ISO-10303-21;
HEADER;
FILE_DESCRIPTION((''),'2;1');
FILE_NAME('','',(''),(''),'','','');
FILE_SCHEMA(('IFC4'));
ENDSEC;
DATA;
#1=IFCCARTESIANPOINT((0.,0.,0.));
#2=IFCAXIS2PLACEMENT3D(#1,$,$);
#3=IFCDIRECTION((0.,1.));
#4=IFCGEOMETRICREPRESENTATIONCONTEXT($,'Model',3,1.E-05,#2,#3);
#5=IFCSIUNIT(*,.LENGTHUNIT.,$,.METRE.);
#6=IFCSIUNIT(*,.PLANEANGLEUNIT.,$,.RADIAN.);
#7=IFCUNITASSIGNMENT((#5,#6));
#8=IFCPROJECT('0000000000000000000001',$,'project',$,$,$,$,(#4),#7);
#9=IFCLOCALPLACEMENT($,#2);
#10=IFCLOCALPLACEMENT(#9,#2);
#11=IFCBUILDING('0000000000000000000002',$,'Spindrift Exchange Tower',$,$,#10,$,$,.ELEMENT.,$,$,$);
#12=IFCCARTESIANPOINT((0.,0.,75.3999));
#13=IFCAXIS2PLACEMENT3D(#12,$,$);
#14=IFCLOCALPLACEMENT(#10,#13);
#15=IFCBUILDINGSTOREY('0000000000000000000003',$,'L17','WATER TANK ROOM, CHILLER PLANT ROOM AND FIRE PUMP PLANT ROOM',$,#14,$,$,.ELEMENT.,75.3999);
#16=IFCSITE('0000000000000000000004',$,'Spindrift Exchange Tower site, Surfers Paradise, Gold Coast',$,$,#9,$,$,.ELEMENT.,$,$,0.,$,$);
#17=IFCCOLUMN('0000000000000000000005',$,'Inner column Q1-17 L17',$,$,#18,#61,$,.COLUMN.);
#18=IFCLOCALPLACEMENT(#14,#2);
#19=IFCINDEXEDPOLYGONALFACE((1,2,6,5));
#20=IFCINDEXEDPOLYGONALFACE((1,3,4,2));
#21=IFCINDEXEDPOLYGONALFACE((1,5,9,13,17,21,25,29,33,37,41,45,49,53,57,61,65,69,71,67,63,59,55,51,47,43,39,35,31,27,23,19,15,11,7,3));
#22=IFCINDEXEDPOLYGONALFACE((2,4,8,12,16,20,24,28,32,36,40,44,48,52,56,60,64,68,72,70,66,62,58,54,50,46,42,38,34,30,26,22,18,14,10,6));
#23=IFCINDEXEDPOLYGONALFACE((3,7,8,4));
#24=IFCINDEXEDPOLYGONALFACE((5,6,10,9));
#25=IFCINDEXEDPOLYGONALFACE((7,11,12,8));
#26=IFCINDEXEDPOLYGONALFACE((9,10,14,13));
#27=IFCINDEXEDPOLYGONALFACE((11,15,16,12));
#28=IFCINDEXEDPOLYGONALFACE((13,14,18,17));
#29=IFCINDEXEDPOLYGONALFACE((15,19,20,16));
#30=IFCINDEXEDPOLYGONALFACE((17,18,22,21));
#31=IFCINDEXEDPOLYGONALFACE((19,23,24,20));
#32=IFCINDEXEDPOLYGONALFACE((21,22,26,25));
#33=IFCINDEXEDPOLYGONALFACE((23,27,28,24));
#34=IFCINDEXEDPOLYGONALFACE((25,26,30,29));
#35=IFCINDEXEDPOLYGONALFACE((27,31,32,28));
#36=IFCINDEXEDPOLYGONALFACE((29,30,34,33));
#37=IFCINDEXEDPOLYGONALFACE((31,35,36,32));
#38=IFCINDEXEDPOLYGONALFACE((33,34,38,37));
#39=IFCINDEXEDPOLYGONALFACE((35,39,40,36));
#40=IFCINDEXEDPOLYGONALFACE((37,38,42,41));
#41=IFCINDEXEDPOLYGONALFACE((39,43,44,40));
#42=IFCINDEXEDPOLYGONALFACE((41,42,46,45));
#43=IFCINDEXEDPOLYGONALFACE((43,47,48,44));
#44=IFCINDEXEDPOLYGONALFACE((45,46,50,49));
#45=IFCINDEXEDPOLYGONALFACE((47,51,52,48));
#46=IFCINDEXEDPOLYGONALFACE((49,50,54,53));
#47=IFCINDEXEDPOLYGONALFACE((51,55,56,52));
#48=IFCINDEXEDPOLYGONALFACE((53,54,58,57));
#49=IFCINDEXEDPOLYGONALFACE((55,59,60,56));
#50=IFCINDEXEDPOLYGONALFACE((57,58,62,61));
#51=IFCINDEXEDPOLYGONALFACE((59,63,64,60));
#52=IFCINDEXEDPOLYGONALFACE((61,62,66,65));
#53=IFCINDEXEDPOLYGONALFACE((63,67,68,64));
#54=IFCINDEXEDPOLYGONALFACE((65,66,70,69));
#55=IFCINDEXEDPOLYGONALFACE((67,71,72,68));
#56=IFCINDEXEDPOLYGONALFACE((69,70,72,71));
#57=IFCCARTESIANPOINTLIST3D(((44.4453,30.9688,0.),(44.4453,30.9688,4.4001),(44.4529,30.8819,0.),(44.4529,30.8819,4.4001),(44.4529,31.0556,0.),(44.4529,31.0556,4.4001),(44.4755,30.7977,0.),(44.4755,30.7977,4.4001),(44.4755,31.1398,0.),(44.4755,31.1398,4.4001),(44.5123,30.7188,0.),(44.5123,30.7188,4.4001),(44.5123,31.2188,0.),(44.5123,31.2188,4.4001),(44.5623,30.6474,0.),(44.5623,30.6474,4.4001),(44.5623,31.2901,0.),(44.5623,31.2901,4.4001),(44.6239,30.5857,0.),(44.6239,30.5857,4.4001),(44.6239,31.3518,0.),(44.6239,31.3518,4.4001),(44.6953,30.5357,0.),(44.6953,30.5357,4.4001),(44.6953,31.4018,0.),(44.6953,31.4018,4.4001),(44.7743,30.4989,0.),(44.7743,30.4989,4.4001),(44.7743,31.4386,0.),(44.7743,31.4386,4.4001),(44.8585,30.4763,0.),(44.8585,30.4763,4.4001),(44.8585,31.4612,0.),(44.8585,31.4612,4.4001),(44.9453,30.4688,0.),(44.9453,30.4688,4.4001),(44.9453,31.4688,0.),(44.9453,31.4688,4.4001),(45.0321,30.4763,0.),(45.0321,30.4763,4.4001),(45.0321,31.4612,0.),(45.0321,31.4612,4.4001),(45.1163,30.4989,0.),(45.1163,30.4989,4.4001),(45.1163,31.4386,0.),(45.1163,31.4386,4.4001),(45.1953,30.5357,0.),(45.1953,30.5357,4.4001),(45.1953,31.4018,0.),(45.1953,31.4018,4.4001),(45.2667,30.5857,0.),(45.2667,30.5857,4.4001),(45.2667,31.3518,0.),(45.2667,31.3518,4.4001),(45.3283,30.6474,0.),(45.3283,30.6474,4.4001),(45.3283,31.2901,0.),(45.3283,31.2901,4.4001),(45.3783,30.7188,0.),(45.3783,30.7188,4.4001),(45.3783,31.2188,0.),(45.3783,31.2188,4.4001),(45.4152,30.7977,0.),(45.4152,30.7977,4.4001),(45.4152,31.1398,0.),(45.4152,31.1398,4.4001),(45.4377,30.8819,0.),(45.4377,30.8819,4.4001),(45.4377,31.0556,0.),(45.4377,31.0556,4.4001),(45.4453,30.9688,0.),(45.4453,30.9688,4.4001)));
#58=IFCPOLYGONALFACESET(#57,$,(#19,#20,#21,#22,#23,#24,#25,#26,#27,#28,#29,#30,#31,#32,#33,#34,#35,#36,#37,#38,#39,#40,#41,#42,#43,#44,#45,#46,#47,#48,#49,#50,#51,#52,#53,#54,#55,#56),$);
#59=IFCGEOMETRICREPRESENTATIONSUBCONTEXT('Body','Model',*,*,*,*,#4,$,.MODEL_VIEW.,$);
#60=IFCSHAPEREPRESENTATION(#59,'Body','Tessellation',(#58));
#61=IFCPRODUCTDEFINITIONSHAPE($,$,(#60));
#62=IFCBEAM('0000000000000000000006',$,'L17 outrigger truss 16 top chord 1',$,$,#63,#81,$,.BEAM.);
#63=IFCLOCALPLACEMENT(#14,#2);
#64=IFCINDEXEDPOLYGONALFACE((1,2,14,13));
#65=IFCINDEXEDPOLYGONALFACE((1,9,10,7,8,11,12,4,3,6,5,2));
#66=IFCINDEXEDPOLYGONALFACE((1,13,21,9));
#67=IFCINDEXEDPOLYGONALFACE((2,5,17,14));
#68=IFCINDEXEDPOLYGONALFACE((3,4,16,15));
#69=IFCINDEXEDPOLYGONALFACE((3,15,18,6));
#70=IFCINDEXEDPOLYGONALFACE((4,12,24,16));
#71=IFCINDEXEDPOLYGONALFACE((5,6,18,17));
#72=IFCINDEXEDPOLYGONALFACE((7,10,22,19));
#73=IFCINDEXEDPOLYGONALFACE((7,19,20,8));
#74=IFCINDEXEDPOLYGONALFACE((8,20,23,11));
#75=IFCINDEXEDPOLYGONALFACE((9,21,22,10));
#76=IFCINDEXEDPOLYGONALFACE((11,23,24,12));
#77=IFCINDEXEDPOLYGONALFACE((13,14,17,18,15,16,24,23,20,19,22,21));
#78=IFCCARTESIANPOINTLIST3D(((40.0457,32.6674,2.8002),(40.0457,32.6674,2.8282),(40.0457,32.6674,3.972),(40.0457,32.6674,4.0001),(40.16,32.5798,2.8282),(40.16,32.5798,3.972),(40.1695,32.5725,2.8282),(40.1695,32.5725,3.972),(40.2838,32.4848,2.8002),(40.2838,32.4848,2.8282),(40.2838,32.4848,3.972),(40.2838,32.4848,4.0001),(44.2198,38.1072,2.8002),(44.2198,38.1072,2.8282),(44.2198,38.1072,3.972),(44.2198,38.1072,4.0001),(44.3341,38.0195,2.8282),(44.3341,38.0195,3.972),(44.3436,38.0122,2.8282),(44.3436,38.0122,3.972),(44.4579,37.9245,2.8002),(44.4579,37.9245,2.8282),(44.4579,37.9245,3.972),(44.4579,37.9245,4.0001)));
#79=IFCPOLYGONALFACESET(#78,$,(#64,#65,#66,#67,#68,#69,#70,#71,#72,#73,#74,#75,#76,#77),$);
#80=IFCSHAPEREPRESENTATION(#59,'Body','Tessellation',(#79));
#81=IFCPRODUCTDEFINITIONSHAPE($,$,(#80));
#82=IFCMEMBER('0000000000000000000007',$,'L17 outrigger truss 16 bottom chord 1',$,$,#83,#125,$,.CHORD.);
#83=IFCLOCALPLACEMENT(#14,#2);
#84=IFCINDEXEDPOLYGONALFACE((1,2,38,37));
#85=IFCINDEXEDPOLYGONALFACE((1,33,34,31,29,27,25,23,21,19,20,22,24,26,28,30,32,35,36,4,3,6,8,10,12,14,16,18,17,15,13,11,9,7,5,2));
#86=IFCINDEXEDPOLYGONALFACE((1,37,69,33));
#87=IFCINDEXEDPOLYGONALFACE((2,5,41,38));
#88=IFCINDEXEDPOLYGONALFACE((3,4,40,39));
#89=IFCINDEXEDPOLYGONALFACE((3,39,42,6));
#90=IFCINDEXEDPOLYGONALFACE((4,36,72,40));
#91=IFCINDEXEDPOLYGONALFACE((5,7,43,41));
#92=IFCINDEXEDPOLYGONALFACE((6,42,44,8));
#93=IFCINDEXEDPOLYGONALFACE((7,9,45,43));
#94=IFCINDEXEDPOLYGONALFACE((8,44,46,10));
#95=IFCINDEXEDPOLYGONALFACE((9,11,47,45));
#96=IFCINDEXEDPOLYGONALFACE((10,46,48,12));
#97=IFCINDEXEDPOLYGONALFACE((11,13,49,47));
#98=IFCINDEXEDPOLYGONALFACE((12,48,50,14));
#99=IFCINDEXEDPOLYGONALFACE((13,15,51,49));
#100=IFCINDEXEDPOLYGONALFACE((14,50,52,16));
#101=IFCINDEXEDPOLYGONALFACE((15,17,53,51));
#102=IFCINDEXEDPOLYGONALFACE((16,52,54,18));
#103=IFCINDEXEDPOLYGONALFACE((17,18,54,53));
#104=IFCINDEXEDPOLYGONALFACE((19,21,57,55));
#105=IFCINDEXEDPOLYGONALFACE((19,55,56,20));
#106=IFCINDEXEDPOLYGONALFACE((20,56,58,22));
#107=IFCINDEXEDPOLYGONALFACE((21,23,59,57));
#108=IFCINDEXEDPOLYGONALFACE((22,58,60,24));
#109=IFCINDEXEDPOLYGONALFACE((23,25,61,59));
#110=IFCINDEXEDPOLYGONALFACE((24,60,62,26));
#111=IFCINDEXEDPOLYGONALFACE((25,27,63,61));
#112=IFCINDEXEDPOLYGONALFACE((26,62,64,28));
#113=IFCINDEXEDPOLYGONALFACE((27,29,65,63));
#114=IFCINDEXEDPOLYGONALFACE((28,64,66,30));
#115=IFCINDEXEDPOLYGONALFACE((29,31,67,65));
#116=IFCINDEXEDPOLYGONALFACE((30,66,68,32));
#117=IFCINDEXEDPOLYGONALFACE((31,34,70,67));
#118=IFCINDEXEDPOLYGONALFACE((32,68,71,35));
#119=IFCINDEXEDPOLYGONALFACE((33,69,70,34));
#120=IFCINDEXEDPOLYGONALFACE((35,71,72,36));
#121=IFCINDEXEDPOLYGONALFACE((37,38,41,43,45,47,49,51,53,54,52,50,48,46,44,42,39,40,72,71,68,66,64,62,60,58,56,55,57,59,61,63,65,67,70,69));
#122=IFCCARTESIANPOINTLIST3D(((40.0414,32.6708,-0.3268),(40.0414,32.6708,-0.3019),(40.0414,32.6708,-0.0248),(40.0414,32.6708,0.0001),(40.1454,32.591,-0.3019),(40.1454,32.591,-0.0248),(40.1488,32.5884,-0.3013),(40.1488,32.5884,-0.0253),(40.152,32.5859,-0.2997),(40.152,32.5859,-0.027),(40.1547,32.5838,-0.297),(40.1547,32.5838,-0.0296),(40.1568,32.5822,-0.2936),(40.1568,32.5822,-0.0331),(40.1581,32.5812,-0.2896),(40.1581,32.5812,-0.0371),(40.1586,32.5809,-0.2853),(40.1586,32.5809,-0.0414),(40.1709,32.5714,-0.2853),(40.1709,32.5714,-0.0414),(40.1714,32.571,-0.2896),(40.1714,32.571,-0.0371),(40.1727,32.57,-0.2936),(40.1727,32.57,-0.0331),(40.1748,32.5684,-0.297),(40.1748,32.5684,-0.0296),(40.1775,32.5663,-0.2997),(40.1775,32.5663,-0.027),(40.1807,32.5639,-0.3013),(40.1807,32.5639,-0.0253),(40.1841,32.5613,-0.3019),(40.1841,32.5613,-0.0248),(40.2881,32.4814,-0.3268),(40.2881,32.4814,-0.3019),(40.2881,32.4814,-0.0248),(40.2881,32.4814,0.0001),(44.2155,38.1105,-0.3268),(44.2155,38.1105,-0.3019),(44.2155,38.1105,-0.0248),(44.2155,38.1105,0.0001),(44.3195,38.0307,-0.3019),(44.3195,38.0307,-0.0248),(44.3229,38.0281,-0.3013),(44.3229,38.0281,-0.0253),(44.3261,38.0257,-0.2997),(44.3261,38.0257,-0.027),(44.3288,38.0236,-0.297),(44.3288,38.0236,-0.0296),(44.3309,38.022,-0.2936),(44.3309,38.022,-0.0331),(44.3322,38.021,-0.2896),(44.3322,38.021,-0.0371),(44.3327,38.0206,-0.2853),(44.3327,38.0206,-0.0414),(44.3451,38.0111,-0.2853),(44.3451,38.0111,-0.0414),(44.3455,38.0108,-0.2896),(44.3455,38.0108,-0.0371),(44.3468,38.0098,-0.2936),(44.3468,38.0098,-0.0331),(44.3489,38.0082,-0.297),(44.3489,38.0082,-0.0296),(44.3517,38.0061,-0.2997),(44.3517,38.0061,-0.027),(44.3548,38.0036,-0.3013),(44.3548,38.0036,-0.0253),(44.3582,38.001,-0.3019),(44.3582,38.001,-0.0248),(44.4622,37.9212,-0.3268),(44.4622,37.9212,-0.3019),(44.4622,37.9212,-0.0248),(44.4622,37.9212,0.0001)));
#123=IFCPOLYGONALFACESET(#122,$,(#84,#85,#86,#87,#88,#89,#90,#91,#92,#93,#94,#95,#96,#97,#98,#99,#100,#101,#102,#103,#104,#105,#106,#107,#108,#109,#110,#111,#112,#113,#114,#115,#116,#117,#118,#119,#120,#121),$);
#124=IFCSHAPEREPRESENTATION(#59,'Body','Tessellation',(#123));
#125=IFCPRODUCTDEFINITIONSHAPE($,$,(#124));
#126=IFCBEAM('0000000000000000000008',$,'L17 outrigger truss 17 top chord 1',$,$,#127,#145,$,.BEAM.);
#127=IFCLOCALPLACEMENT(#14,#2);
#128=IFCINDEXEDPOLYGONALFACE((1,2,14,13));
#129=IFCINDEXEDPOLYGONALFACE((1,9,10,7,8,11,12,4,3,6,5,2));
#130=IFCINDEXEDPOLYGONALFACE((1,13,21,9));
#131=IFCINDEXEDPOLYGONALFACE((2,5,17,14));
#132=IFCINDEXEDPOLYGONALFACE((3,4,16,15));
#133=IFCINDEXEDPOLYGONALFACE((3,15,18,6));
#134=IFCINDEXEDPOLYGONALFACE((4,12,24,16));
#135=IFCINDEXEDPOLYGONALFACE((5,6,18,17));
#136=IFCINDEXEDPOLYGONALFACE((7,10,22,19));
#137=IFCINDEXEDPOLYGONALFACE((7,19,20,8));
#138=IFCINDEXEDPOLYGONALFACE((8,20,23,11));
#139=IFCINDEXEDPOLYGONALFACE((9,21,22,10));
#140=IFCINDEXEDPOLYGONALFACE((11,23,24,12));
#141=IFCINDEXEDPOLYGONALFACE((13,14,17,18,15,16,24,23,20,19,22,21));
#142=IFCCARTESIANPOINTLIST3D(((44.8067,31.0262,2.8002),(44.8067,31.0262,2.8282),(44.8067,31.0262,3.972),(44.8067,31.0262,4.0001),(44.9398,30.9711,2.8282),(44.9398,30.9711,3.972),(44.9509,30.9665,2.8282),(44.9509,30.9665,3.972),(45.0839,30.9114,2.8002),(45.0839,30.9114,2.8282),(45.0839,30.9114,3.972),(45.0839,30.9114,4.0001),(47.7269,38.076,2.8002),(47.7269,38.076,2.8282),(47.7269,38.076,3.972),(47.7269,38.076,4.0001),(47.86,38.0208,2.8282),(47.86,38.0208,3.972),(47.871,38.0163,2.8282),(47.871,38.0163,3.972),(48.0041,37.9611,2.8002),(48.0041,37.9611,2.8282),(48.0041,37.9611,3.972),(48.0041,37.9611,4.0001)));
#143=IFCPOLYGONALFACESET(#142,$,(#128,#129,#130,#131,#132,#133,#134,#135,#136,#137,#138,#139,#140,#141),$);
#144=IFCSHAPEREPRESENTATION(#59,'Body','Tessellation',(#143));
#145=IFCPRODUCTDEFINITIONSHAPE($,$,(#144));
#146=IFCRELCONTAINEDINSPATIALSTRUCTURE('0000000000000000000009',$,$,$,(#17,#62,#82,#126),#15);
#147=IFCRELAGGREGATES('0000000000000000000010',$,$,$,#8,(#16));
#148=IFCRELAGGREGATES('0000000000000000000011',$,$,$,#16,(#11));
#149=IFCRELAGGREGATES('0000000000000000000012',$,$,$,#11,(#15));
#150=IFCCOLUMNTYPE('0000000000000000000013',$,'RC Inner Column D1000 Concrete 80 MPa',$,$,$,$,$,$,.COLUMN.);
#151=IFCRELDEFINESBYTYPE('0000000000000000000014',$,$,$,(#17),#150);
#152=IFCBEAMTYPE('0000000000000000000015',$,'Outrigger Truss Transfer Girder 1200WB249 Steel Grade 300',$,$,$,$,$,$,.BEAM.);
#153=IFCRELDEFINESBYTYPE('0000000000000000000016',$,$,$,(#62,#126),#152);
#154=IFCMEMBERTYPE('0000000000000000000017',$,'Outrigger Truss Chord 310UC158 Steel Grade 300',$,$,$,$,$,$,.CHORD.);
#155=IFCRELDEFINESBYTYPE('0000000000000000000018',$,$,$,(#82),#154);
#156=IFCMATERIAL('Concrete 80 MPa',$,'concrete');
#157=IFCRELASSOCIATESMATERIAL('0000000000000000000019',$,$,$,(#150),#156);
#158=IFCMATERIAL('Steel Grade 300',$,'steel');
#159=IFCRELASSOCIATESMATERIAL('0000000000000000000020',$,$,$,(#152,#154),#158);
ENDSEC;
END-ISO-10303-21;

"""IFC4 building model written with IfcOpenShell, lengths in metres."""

from ifc_helpers import new_model, si_unit, direction, frame, origin, origin_2d, place, context, subcontext, project, spatial, circle, i_section, extrude, source, transform, mapped, material, material_profile, profile_set, type_object, element, save


model = new_model("IFC4")

# Units and contexts
model_context = context("Model", 3, precision=1e-05, world=origin(), true_north=direction((0.0, 1.0)))
body_context = subcontext(model_context, "Body", "Model", "MODEL_VIEW")
ifc_project = project(units=[si_unit("LENGTHUNIT", "METRE"), si_unit("PLANEANGLEUNIT", "RADIAN")], contexts=[model_context])

# Site, building, storey
site_placement = place(None, origin())
site = spatial("IfcSite", under=ifc_project, at=site_placement, Name="Spindrift Exchange Tower site, Surfers Paradise, Gold Coast", CompositionType="ELEMENT", RefElevation=0.0)
building_placement = place(site_placement, origin())
building = spatial("IfcBuilding", under=site, at=building_placement, Name="Spindrift Exchange Tower", CompositionType="ELEMENT")
storey_placement = place(building_placement, frame((0.0, 0.0, 75.3999)))
storey = spatial("IfcBuildingStorey", under=building, at=storey_placement, Name="L17", Description="WATER TANK ROOM, CHILLER PLANT ROOM AND FIRE PUMP PLANT ROOM", CompositionType="ELEMENT", Elevation=75.3999)

# Column
ifc_material_1 = material(Name="Concrete 80 MPa", Category="concrete")
ifc_material_profile_1 = material_profile(ifc_material_1, circle(Radius=0.5, at=origin_2d()), Name="RC D1000")
ifc_profile_set_1 = profile_set([ifc_material_profile_1], Name="Concrete 80 MPa")
column_type = type_object("IfcColumnType", Name="RC Inner Column D1000 Concrete 80 MPa", PredefinedType="COLUMN", material=ifc_profile_set_1)
shared_shape_1 = source(origin(), body_context, "Body", "SweptSolid", [
    extrude(circle(Radius=0.5, at=origin_2d()), origin(), (0.0, 0.0, 1.0), 4.4001),
])
column_placement = place(storey_placement, frame((44.9453, 30.9688, 0.0), z_axis=(0.0, 0.0, 1.0), x_axis=(1.0, 0.0, 0.0)))
element("IfcColumn", 1, at=column_placement, inside=storey, type_object=column_type, Name="Inner column Q1-17 L17", PredefinedType="COLUMN", context=body_context, shape_type="MappedRepresentation", body=[
    mapped(shared_shape_1, transform((0.0, 0.0, 0.0), scale=1.0)),
])

# Beam
ifc_material_2 = material(Name="Steel Grade 300", Category="steel")
ifc_material_profile_2 = material_profile(ifc_material_2, i_section(OverallWidth=0.3, OverallDepth=1.2, WebThickness=0.012, FlangeThickness=0.0281, at=origin_2d()), Name="1200WB249")
ifc_profile_set_2 = profile_set([ifc_material_profile_2], Name="Steel Grade 300")
beam_type = type_object("IfcBeamType", Name="Outrigger Truss Transfer Girder 1200WB249 Steel Grade 300", PredefinedType="BEAM", material=ifc_profile_set_2)
shared_shape_2 = source(origin(), body_context, "Body", "SweptSolid", [
    extrude(i_section(OverallWidth=0.3, OverallDepth=1.2, WebThickness=0.012, FlangeThickness=0.0281, at=origin_2d()), origin(), (0.0, 0.0, 1.0), 6.8567),
])
beam_1_placement = place(storey_placement, frame((44.3389, 38.0159, 3.4001), z_axis=(-0.608766, -0.79335, 0.0), x_axis=(0.79335, -0.608766, 0.0)))
element("IfcBeam", 2, at=beam_1_placement, inside=storey, type_object=beam_type, Name="L17 outrigger truss 16 top chord 1", PredefinedType="BEAM", context=body_context, shape_type="MappedRepresentation", body=[
    mapped(shared_shape_2, transform((0.0, 0.0, 0.0), scale=1.0)),
])

# Member
ifc_material_profile_3 = material_profile(ifc_material_2, i_section(OverallWidth=0.311, OverallDepth=0.3269, WebThickness=0.0156, FlangeThickness=0.0249, FilletRadius=0.0166, at=origin_2d()), Name="310UC158")
ifc_profile_set_3 = profile_set([ifc_material_profile_3], Name="Steel Grade 300")
member_type_1 = type_object("IfcMemberType", Name="Outrigger Truss Chord 310UC158 Steel Grade 300", PredefinedType="CHORD", material=ifc_profile_set_3)
shared_shape_3 = source(origin(), body_context, "Body", "SweptSolid", [
    extrude(i_section(OverallWidth=0.311, OverallDepth=0.3269, WebThickness=0.0156, FlangeThickness=0.0249, FilletRadius=0.0166, at=origin_2d()), origin(), (0.0, 0.0, 1.0), 6.8567),
])
member_1_placement = place(storey_placement, frame((44.3389, 38.0159, -0.1633), z_axis=(-0.608766, -0.79335, 0.0), x_axis=(0.79335, -0.608766, 0.0)))
element("IfcMember", 3, at=member_1_placement, inside=storey, type_object=member_type_1, Name="L17 outrigger truss 16 bottom chord 1", PredefinedType="CHORD", context=body_context, shape_type="MappedRepresentation", body=[
    mapped(shared_shape_3, transform((0.0, 0.0, 0.0), scale=1.0)),
])

# Beam
shared_shape_4 = source(origin(), body_context, "Body", "SweptSolid", [
    extrude(i_section(OverallWidth=0.3, OverallDepth=1.2, WebThickness=0.012, FlangeThickness=0.0281, at=origin_2d()), origin(), (0.0, 0.0, 1.0), 7.6306),
])
beam_2_placement = place(storey_placement, frame((47.8655, 38.0186, 3.4001), z_axis=(-0.382688, -0.923878, 0.0), x_axis=(0.923878, -0.382688, 0.0)))
element("IfcBeam", 4, at=beam_2_placement, inside=storey, type_object=beam_type, Name="L17 outrigger truss 17 top chord 1", PredefinedType="BEAM", context=body_context, shape_type="MappedRepresentation", body=[
    mapped(shared_shape_4, transform((0.0, 0.0, 0.0), scale=1.0)),
])

save(model, "model.ifc")
